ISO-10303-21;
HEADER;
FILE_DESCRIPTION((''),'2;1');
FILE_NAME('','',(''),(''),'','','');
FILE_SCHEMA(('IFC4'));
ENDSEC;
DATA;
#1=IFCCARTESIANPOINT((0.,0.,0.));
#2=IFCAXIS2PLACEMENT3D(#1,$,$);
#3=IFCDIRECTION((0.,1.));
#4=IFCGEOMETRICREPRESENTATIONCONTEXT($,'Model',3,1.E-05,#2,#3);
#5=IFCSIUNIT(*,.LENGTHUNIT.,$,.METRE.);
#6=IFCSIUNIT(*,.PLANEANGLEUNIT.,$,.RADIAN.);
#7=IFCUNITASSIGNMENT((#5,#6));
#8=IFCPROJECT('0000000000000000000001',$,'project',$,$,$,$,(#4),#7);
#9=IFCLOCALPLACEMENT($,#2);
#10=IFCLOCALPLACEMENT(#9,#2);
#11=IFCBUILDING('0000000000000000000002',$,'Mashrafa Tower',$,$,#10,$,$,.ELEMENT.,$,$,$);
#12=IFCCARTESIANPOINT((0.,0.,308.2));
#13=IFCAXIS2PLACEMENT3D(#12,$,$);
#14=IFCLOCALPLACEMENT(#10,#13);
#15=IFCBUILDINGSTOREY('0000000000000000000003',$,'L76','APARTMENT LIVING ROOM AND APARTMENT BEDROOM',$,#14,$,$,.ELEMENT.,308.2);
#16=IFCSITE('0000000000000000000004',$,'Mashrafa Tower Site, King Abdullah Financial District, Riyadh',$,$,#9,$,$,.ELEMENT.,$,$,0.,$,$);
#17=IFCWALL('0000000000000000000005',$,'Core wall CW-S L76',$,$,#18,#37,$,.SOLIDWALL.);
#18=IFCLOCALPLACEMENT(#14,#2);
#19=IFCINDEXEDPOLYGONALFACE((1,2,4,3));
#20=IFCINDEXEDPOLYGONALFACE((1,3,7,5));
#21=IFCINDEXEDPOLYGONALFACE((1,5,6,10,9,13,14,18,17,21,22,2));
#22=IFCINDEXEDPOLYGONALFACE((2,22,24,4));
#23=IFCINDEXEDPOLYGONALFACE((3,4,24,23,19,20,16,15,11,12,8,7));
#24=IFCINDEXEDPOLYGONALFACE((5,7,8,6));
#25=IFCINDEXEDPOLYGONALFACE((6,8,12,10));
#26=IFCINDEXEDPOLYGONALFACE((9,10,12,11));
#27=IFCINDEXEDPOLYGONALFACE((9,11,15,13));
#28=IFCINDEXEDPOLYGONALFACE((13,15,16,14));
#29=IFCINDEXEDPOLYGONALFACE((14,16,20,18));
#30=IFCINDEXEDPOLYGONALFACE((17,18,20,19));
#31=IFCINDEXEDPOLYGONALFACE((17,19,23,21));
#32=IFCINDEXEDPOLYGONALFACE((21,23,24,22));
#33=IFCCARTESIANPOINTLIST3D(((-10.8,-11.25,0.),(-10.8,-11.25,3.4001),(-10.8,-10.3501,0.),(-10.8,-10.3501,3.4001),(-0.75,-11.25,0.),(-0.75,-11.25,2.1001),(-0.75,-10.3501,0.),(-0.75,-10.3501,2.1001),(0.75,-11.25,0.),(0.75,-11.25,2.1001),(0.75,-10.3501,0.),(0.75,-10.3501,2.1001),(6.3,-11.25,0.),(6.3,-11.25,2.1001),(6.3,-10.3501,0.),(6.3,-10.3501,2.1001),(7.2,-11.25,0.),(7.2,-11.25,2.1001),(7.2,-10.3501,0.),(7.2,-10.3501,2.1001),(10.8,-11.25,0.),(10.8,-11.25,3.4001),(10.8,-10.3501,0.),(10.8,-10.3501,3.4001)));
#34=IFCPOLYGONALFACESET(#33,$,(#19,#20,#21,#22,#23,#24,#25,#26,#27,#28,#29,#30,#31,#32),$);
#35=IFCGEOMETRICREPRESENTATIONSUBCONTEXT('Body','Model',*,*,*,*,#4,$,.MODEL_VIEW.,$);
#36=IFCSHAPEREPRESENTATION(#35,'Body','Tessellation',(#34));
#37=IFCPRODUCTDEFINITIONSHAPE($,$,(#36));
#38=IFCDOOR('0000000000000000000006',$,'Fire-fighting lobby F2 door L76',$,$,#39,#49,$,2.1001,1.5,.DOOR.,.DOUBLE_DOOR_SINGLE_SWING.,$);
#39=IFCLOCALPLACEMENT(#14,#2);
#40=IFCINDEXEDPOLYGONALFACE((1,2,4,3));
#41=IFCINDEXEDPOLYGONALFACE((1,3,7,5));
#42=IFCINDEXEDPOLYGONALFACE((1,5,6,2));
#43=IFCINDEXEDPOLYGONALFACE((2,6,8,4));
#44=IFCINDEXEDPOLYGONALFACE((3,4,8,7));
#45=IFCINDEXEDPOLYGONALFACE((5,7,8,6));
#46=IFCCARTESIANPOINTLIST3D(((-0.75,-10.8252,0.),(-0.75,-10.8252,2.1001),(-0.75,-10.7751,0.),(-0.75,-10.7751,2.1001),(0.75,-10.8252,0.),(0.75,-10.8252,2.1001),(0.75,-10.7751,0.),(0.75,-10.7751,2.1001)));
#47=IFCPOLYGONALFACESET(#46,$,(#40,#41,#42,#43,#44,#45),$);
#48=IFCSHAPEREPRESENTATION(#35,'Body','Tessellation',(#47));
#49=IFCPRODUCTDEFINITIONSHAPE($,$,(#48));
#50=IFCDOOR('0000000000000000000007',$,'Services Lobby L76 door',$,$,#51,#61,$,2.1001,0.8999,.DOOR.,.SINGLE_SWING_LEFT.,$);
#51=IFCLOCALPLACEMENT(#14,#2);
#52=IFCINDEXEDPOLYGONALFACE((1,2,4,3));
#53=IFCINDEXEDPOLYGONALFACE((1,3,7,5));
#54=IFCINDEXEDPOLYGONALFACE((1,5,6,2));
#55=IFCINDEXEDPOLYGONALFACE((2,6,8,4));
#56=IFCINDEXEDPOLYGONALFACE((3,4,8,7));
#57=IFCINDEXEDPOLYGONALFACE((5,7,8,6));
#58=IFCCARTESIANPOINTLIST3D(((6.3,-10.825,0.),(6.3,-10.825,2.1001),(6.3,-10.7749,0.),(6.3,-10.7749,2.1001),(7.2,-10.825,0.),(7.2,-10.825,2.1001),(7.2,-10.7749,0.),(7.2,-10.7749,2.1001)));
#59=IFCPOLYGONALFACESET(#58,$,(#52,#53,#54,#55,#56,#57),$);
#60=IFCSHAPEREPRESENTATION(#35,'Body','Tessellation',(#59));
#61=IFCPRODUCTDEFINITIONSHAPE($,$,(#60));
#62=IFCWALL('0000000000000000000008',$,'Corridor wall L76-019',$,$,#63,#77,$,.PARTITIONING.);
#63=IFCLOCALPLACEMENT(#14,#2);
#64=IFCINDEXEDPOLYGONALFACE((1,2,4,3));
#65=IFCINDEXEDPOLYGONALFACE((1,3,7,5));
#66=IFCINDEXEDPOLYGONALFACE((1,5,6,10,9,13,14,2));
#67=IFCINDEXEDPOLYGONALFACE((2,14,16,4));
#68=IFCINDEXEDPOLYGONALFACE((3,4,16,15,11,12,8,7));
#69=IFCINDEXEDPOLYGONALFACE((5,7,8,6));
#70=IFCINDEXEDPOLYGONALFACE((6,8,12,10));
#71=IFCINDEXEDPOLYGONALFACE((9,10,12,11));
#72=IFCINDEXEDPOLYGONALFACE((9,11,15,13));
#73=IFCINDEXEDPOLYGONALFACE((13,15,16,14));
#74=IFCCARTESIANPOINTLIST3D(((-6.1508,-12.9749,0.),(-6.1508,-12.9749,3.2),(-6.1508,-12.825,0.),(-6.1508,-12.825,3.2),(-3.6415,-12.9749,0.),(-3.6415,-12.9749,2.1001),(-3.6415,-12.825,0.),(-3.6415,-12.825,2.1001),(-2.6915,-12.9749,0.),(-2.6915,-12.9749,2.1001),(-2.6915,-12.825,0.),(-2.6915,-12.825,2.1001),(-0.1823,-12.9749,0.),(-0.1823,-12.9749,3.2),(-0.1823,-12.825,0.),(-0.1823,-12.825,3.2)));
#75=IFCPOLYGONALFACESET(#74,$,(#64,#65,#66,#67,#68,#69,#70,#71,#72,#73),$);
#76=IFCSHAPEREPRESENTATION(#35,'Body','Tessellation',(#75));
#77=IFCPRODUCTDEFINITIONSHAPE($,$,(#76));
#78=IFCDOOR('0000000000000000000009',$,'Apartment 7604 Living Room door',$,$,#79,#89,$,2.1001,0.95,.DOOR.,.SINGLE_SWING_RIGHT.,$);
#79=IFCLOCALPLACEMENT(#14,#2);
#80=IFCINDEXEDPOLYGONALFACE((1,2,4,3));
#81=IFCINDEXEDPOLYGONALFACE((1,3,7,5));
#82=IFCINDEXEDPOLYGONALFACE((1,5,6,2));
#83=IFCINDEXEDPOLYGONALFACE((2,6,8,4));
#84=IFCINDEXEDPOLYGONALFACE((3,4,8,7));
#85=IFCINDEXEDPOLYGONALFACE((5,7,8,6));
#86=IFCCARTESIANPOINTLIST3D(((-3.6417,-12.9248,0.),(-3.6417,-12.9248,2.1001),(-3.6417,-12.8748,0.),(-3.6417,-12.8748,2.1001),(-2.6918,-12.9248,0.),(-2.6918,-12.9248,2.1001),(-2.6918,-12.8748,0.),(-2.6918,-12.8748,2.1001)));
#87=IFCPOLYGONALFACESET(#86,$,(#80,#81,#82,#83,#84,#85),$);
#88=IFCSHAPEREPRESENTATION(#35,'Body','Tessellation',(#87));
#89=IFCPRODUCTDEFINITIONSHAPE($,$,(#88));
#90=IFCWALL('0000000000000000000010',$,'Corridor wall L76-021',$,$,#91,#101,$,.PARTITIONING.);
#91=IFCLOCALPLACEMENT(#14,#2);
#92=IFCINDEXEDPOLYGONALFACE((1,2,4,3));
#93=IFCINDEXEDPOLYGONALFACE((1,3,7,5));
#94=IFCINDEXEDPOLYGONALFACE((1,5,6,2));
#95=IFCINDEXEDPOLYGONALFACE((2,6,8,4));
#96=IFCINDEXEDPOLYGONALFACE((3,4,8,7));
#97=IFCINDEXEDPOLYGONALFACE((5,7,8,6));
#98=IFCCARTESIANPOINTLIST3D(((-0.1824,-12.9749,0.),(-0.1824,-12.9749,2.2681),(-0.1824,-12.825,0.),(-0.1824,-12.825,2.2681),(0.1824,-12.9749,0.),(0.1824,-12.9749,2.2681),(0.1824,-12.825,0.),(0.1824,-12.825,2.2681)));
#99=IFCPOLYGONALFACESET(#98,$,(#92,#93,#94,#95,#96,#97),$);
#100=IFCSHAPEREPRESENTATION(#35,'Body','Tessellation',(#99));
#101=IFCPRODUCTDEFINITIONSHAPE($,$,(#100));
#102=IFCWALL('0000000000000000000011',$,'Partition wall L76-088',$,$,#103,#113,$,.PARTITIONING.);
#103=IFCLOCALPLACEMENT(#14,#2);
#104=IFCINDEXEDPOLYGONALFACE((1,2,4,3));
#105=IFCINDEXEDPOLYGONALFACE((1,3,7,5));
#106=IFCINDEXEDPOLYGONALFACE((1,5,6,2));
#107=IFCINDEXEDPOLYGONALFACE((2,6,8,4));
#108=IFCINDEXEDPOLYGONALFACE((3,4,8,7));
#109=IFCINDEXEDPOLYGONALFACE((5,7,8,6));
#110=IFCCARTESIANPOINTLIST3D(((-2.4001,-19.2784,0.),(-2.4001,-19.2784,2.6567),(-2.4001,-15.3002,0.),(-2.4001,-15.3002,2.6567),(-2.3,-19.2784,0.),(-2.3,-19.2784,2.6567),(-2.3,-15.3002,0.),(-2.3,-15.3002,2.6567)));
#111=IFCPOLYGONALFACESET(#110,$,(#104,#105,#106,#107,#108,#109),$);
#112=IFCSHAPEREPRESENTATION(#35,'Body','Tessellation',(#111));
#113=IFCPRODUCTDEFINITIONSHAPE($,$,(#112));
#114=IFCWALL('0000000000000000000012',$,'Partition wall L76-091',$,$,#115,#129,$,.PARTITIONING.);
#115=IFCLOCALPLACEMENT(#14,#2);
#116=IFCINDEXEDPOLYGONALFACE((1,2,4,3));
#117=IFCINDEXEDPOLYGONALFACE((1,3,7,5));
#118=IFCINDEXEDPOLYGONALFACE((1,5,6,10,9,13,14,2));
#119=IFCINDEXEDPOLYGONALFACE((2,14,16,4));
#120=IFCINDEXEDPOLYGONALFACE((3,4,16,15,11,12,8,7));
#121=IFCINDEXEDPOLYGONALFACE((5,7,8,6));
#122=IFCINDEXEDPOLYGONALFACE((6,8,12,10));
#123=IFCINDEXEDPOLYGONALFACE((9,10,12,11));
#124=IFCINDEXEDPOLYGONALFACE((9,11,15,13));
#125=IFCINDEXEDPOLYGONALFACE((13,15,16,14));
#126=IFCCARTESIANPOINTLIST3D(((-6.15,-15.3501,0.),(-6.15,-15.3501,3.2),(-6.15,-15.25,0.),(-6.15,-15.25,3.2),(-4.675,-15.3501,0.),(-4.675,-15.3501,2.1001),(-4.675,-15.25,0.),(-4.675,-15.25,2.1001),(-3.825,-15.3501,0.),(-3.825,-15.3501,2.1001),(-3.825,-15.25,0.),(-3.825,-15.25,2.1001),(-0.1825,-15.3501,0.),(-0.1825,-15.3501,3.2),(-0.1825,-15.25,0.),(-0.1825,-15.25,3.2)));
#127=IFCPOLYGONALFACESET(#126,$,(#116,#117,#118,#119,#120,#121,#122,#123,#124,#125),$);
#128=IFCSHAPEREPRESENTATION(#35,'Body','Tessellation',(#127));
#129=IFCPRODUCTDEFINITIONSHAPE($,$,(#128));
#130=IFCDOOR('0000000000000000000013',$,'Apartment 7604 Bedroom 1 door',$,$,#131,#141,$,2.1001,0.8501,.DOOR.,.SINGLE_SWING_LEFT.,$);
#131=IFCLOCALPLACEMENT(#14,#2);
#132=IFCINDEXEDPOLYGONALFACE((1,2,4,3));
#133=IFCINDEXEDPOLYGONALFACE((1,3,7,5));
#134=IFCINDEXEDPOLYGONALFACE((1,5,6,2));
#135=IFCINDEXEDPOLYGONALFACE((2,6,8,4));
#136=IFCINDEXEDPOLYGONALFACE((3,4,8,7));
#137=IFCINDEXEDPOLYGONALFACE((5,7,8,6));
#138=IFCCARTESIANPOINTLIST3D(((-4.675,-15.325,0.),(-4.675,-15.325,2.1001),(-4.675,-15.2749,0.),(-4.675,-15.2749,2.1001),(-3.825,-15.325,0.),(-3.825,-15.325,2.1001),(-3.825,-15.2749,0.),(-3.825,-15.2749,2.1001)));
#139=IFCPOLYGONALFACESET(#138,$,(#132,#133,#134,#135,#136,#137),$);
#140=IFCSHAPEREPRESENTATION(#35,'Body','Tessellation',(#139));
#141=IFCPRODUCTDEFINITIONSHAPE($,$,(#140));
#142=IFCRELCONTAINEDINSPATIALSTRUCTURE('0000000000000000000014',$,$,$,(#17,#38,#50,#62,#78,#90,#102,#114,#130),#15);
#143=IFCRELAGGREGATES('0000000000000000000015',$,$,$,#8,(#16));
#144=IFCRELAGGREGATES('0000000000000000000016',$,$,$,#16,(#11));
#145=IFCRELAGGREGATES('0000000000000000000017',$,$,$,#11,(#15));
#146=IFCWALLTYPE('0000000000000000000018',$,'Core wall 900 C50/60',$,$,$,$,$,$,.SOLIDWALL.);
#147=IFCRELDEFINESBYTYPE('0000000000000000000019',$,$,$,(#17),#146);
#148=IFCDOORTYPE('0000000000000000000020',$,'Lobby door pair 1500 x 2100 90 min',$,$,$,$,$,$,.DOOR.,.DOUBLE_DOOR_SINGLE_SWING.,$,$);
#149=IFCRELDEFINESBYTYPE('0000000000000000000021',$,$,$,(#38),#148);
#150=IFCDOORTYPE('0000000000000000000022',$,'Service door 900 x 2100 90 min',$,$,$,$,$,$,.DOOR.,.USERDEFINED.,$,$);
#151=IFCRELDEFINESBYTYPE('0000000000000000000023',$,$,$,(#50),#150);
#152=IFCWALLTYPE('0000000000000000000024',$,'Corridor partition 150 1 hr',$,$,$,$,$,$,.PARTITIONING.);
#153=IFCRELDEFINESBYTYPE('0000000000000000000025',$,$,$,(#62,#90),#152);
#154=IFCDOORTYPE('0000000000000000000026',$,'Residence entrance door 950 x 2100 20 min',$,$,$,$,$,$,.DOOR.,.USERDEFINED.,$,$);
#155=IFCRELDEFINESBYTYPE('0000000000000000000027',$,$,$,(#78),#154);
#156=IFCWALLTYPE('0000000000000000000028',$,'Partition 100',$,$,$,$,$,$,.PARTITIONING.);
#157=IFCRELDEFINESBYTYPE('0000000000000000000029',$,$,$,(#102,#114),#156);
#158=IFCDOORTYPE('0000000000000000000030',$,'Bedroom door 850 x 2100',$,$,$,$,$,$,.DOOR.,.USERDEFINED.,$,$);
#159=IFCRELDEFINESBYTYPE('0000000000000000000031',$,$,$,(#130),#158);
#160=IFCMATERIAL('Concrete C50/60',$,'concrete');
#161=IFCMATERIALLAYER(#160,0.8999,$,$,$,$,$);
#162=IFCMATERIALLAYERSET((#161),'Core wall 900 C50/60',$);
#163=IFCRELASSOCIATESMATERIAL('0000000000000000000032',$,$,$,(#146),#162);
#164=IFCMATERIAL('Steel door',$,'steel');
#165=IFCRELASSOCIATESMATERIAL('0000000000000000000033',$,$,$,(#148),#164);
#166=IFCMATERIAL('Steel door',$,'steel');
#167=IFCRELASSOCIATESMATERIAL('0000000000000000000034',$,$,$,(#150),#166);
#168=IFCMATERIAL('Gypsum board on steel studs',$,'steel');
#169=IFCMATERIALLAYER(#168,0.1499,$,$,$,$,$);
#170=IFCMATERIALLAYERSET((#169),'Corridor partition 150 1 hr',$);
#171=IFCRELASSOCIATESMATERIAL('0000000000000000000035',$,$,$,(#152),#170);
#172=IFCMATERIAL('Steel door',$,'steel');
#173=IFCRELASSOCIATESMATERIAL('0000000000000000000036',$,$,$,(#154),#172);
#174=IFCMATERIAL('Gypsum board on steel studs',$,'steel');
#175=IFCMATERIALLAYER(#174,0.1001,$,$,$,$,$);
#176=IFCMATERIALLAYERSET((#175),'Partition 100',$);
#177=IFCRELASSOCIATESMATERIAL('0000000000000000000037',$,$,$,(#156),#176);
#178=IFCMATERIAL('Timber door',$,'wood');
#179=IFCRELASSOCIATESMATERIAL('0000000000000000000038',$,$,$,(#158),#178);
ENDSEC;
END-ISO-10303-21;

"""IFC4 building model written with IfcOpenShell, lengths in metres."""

from ifc_helpers import new_model, si_unit, direction, frame, frame_2d, origin, place, context, subcontext, project, spatial, rectangle, extrude, material, layer, layer_set, type_object, element, fill, save


model = new_model("IFC4")

# Units and contexts
model_context = context("Model", 3, precision=1e-05, world=origin(), true_north=direction((0.0, 1.0)))
body_context = subcontext(model_context, "Body", "Model", "MODEL_VIEW")
ifc_project = project(units=[si_unit("LENGTHUNIT", "METRE"), si_unit("PLANEANGLEUNIT", "RADIAN")], contexts=[model_context])

# Site, building, storey
site_placement = place(None, origin())
site = spatial("IfcSite", under=ifc_project, at=site_placement, Name="Mashrafa Tower Site, King Abdullah Financial District, Riyadh", CompositionType="ELEMENT", RefElevation=0.0)
building_placement = place(site_placement, origin())
building = spatial("IfcBuilding", under=site, at=building_placement, Name="Mashrafa Tower", CompositionType="ELEMENT")
storey_placement = place(building_placement, frame((0.0, 0.0, 308.2)))
storey = spatial("IfcBuildingStorey", under=building, at=storey_placement, Name="L76", Description="APARTMENT LIVING ROOM AND APARTMENT BEDROOM", CompositionType="ELEMENT", Elevation=308.2)

# Wall, openings, doors
ifc_material_1 = material(Name="Concrete C50/60", Category="concrete")
ifc_layer_1 = layer(ifc_material_1, 0.8999)
ifc_layer_set_1 = layer_set([ifc_layer_1], Name="Core wall 900 C50/60")
wall_type_1 = type_object("IfcWallType", Name="Core wall 900 C50/60", PredefinedType="SOLIDWALL", material=ifc_layer_set_1)
wall_1_placement = place(storey_placement, frame((-10.8, -10.8, 0.0), z_axis=(0.0, 0.0, 1.0), x_axis=(1.0, 0.0, 0.0)))
wall_1 = element("IfcWall", 1, at=wall_1_placement, inside=storey, type_object=wall_type_1, Name="Core wall CW-S L76", PredefinedType="SOLIDWALL", context=body_context, shape_type="SweptSolid", body=[
    extrude(rectangle(XDim=21.6001, YDim=0.8999, at=frame_2d((10.8, 0.0))), origin(), (0.0, 0.0, 1.0), 3.4001),
])
opening_1_placement = place(wall_1_placement, frame((10.05, 0.0, 0.0)))
opening_1 = element("IfcOpeningElement", 2, at=opening_1_placement, cuts=wall_1, PredefinedType="OPENING", context=body_context, shape_type="SweptSolid", body=[
    extrude(rectangle(XDim=1.5, YDim=2.1001, at=frame_2d((0.75, 1.05))), frame((0.0, 0.46, 0.0), z_axis=(0.0, -1.0, 0.0), x_axis=(1.0, 0.0, 0.0)), (0.0, 0.0, 1.0), 0.9199),
])
opening_2_placement = place(wall_1_placement, frame((17.1001, 0.0, 0.0)))
opening_2 = element("IfcOpeningElement", 3, at=opening_2_placement, cuts=wall_1, PredefinedType="OPENING", context=body_context, shape_type="SweptSolid", body=[
    extrude(rectangle(XDim=0.8999, YDim=2.1001, at=frame_2d((0.45, 1.05))), frame((0.0, 0.46, 0.0), z_axis=(0.0, -1.0, 0.0), x_axis=(1.0, 0.0, 0.0)), (0.0, 0.0, 1.0), 0.9199),
])
ifc_material_2 = material(Name="Steel door", Category="steel")
door_type_1 = type_object("IfcDoorType", Name="Lobby door pair 1500 x 2100 90 min", OperationType="DOUBLE_DOOR_SINGLE_SWING", PredefinedType="DOOR", material=ifc_material_2)
door_1_placement = place(opening_1_placement, origin())
door_1 = element("IfcDoor", 4, at=door_1_placement, inside=storey, type_object=door_type_1, Name="Fire-fighting lobby F2 door L76", OperationType="DOUBLE_DOOR_SINGLE_SWING", OverallHeight=2.1001, OverallWidth=1.5, PredefinedType="DOOR", context=body_context, shape_type="SweptSolid", body=[
    extrude(rectangle(XDim=1.5, YDim=2.1001, at=frame_2d((0.75, 1.05))), frame((0.0, 0.0249, 0.0), z_axis=(0.0, -1.0, 0.0), x_axis=(1.0, 0.0, 0.0)), (0.0, 0.0, 1.0), 0.05),
])
fill(opening_1, door_1)
ifc_material_3 = material(Name="Steel door", Category="steel")
door_type_2 = type_object("IfcDoorType", Name="Service door 900 x 2100 90 min", OperationType="USERDEFINED", PredefinedType="DOOR", material=ifc_material_3)
door_2_placement = place(opening_2_placement, frame((0.8999, 0.0, 0.0), z_axis=(0.0, 0.0, 1.0), x_axis=(-1.0, 0.0, 0.0)))
door_2 = element("IfcDoor", 5, at=door_2_placement, inside=storey, type_object=door_type_2, Name="Services Lobby L76 door", OperationType="SINGLE_SWING_LEFT", OverallHeight=2.1001, OverallWidth=0.8999, PredefinedType="DOOR", context=body_context, shape_type="SweptSolid", body=[
    extrude(rectangle(XDim=0.8999, YDim=2.1001, at=frame_2d((0.45, 1.05))), frame((0.0, 0.0249, 0.0), z_axis=(0.0, -1.0, 0.0), x_axis=(1.0, 0.0, 0.0)), (0.0, 0.0, 1.0), 0.05),
])
fill(opening_2, door_2)

# Wall, opening, door
ifc_material_4 = material(Name="Gypsum board on steel studs", Category="steel")
ifc_layer_2 = layer(ifc_material_4, 0.1499)
ifc_layer_set_2 = layer_set([ifc_layer_2], Name="Corridor partition 150 1 hr")
wall_type_2 = type_object("IfcWallType", Name="Corridor partition 150 1 hr", PredefinedType="PARTITIONING", material=ifc_layer_set_2)
wall_2_placement = place(storey_placement, frame((-6.1509, -12.8999, 0.0), z_axis=(0.0, 0.0, 1.0), x_axis=(1.0, 0.0, 0.0)))
wall_2 = element("IfcWall", 6, at=wall_2_placement, inside=storey, type_object=wall_type_2, Name="Corridor wall L76-019", PredefinedType="PARTITIONING", context=body_context, shape_type="SweptSolid", body=[
    extrude(rectangle(XDim=5.9685, YDim=0.1499, at=frame_2d((2.9844, 0.0))), origin(), (0.0, 0.0, 1.0), 3.2),
])
opening_3_placement = place(wall_2_placement, frame((2.5093, 0.0, 0.0)))
opening_3 = element("IfcOpeningElement", 7, at=opening_3_placement, cuts=wall_2, PredefinedType="OPENING", context=body_context, shape_type="SweptSolid", body=[
    extrude(rectangle(XDim=0.95, YDim=2.1001, at=frame_2d((0.4751, 1.05))), frame((0.0, 0.085, 0.0), z_axis=(0.0, -1.0, 0.0), x_axis=(1.0, 0.0, 0.0)), (0.0, 0.0, 1.0), 0.1699),
])
ifc_material_5 = material(Name="Steel door", Category="steel")
door_type_3 = type_object("IfcDoorType", Name="Residence entrance door 950 x 2100 20 min", OperationType="USERDEFINED", PredefinedType="DOOR", material=ifc_material_5)
door_3_placement = place(opening_3_placement, frame((0.95, 0.0, 0.0), z_axis=(0.0, 0.0, 1.0), x_axis=(-1.0, 0.0, 0.0)))
door_3 = element("IfcDoor", 8, at=door_3_placement, inside=storey, type_object=door_type_3, Name="Apartment 7604 Living Room door", OperationType="SINGLE_SWING_RIGHT", OverallHeight=2.1001, OverallWidth=0.95, PredefinedType="DOOR", context=body_context, shape_type="SweptSolid", body=[
    extrude(rectangle(XDim=0.95, YDim=2.1001, at=frame_2d((0.4751, 1.05))), frame((0.0, 0.0249, 0.0), z_axis=(0.0, -1.0, 0.0), x_axis=(1.0, 0.0, 0.0)), (0.0, 0.0, 1.0), 0.05),
])
fill(opening_3, door_3)

# Walls
wall_3_placement = place(storey_placement, frame((-0.1824, -12.8999, 0.0), z_axis=(0.0, 0.0, 1.0), x_axis=(1.0, 0.0, 0.0)))
element("IfcWall", 9, at=wall_3_placement, inside=storey, type_object=wall_type_2, Name="Corridor wall L76-021", PredefinedType="PARTITIONING", context=body_context, shape_type="SweptSolid", body=[
    extrude(rectangle(XDim=0.3647, YDim=0.1499, at=frame_2d((0.1824, 0.0))), origin(), (0.0, 0.0, 1.0), 2.2681),
])
ifc_material_6 = material(Name="Gypsum board on steel studs", Category="steel")
ifc_layer_3 = layer(ifc_material_6, 0.1001)
ifc_layer_set_3 = layer_set([ifc_layer_3], Name="Partition 100")
wall_type_3 = type_object("IfcWallType", Name="Partition 100", PredefinedType="PARTITIONING", material=ifc_layer_set_3)
wall_4_placement = place(storey_placement, frame((-2.3501, -15.3, 0.0), z_axis=(0.0, 0.0, 1.0), x_axis=(0.0, -1.0, 0.0)))
element("IfcWall", 10, at=wall_4_placement, inside=storey, type_object=wall_type_3, Name="Partition wall L76-088", PredefinedType="PARTITIONING", context=body_context, shape_type="SweptSolid", body=[
    extrude(rectangle(XDim=3.9783, YDim=0.1001, at=frame_2d((1.9893, 0.0))), origin(), (0.0, 0.0, 1.0), 2.6567),
])

# Wall, opening, door
wall_5_placement = place(storey_placement, frame((-0.1824, -15.3, 0.0), z_axis=(0.0, 0.0, 1.0), x_axis=(-1.0, 0.0, 0.0)))
wall_5 = element("IfcWall", 11, at=wall_5_placement, inside=storey, type_object=wall_type_3, Name="Partition wall L76-091", PredefinedType="PARTITIONING", context=body_context, shape_type="SweptSolid", body=[
    extrude(rectangle(XDim=5.9675, YDim=0.1001, at=frame_2d((2.9839, 0.0))), origin(), (0.0, 0.0, 1.0), 3.2),
])
opening_4_placement = place(wall_5_placement, frame((3.6426, 0.0, 0.0)))
opening_4 = element("IfcOpeningElement", 12, at=opening_4_placement, cuts=wall_5, PredefinedType="OPENING", context=body_context, shape_type="SweptSolid", body=[
    extrude(rectangle(XDim=0.8501, YDim=2.1001, at=frame_2d((0.425, 1.05))), frame((0.0, 0.0601, 0.0), z_axis=(0.0, -1.0, 0.0), x_axis=(1.0, 0.0, 0.0)), (0.0, 0.0, 1.0), 0.1201),
])
ifc_material_7 = material(Name="Timber door", Category="wood")
door_type_4 = type_object("IfcDoorType", Name="Bedroom door 850 x 2100", OperationType="USERDEFINED", PredefinedType="DOOR", material=ifc_material_7)
door_4_placement = place(opening_4_placement, origin())
door_4 = element("IfcDoor", 13, at=door_4_placement, inside=storey, type_object=door_type_4, Name="Apartment 7604 Bedroom 1 door", OperationType="SINGLE_SWING_LEFT", OverallHeight=2.1001, OverallWidth=0.8501, PredefinedType="DOOR", context=body_context, shape_type="SweptSolid", body=[
    extrude(rectangle(XDim=0.8501, YDim=2.1001, at=frame_2d((0.425, 1.05))), frame((0.0, 0.0249, 0.0), z_axis=(0.0, -1.0, 0.0), x_axis=(1.0, 0.0, 0.0)), (0.0, 0.0, 1.0), 0.05),
])
fill(opening_4, door_4)

save(model, "model.ifc")
